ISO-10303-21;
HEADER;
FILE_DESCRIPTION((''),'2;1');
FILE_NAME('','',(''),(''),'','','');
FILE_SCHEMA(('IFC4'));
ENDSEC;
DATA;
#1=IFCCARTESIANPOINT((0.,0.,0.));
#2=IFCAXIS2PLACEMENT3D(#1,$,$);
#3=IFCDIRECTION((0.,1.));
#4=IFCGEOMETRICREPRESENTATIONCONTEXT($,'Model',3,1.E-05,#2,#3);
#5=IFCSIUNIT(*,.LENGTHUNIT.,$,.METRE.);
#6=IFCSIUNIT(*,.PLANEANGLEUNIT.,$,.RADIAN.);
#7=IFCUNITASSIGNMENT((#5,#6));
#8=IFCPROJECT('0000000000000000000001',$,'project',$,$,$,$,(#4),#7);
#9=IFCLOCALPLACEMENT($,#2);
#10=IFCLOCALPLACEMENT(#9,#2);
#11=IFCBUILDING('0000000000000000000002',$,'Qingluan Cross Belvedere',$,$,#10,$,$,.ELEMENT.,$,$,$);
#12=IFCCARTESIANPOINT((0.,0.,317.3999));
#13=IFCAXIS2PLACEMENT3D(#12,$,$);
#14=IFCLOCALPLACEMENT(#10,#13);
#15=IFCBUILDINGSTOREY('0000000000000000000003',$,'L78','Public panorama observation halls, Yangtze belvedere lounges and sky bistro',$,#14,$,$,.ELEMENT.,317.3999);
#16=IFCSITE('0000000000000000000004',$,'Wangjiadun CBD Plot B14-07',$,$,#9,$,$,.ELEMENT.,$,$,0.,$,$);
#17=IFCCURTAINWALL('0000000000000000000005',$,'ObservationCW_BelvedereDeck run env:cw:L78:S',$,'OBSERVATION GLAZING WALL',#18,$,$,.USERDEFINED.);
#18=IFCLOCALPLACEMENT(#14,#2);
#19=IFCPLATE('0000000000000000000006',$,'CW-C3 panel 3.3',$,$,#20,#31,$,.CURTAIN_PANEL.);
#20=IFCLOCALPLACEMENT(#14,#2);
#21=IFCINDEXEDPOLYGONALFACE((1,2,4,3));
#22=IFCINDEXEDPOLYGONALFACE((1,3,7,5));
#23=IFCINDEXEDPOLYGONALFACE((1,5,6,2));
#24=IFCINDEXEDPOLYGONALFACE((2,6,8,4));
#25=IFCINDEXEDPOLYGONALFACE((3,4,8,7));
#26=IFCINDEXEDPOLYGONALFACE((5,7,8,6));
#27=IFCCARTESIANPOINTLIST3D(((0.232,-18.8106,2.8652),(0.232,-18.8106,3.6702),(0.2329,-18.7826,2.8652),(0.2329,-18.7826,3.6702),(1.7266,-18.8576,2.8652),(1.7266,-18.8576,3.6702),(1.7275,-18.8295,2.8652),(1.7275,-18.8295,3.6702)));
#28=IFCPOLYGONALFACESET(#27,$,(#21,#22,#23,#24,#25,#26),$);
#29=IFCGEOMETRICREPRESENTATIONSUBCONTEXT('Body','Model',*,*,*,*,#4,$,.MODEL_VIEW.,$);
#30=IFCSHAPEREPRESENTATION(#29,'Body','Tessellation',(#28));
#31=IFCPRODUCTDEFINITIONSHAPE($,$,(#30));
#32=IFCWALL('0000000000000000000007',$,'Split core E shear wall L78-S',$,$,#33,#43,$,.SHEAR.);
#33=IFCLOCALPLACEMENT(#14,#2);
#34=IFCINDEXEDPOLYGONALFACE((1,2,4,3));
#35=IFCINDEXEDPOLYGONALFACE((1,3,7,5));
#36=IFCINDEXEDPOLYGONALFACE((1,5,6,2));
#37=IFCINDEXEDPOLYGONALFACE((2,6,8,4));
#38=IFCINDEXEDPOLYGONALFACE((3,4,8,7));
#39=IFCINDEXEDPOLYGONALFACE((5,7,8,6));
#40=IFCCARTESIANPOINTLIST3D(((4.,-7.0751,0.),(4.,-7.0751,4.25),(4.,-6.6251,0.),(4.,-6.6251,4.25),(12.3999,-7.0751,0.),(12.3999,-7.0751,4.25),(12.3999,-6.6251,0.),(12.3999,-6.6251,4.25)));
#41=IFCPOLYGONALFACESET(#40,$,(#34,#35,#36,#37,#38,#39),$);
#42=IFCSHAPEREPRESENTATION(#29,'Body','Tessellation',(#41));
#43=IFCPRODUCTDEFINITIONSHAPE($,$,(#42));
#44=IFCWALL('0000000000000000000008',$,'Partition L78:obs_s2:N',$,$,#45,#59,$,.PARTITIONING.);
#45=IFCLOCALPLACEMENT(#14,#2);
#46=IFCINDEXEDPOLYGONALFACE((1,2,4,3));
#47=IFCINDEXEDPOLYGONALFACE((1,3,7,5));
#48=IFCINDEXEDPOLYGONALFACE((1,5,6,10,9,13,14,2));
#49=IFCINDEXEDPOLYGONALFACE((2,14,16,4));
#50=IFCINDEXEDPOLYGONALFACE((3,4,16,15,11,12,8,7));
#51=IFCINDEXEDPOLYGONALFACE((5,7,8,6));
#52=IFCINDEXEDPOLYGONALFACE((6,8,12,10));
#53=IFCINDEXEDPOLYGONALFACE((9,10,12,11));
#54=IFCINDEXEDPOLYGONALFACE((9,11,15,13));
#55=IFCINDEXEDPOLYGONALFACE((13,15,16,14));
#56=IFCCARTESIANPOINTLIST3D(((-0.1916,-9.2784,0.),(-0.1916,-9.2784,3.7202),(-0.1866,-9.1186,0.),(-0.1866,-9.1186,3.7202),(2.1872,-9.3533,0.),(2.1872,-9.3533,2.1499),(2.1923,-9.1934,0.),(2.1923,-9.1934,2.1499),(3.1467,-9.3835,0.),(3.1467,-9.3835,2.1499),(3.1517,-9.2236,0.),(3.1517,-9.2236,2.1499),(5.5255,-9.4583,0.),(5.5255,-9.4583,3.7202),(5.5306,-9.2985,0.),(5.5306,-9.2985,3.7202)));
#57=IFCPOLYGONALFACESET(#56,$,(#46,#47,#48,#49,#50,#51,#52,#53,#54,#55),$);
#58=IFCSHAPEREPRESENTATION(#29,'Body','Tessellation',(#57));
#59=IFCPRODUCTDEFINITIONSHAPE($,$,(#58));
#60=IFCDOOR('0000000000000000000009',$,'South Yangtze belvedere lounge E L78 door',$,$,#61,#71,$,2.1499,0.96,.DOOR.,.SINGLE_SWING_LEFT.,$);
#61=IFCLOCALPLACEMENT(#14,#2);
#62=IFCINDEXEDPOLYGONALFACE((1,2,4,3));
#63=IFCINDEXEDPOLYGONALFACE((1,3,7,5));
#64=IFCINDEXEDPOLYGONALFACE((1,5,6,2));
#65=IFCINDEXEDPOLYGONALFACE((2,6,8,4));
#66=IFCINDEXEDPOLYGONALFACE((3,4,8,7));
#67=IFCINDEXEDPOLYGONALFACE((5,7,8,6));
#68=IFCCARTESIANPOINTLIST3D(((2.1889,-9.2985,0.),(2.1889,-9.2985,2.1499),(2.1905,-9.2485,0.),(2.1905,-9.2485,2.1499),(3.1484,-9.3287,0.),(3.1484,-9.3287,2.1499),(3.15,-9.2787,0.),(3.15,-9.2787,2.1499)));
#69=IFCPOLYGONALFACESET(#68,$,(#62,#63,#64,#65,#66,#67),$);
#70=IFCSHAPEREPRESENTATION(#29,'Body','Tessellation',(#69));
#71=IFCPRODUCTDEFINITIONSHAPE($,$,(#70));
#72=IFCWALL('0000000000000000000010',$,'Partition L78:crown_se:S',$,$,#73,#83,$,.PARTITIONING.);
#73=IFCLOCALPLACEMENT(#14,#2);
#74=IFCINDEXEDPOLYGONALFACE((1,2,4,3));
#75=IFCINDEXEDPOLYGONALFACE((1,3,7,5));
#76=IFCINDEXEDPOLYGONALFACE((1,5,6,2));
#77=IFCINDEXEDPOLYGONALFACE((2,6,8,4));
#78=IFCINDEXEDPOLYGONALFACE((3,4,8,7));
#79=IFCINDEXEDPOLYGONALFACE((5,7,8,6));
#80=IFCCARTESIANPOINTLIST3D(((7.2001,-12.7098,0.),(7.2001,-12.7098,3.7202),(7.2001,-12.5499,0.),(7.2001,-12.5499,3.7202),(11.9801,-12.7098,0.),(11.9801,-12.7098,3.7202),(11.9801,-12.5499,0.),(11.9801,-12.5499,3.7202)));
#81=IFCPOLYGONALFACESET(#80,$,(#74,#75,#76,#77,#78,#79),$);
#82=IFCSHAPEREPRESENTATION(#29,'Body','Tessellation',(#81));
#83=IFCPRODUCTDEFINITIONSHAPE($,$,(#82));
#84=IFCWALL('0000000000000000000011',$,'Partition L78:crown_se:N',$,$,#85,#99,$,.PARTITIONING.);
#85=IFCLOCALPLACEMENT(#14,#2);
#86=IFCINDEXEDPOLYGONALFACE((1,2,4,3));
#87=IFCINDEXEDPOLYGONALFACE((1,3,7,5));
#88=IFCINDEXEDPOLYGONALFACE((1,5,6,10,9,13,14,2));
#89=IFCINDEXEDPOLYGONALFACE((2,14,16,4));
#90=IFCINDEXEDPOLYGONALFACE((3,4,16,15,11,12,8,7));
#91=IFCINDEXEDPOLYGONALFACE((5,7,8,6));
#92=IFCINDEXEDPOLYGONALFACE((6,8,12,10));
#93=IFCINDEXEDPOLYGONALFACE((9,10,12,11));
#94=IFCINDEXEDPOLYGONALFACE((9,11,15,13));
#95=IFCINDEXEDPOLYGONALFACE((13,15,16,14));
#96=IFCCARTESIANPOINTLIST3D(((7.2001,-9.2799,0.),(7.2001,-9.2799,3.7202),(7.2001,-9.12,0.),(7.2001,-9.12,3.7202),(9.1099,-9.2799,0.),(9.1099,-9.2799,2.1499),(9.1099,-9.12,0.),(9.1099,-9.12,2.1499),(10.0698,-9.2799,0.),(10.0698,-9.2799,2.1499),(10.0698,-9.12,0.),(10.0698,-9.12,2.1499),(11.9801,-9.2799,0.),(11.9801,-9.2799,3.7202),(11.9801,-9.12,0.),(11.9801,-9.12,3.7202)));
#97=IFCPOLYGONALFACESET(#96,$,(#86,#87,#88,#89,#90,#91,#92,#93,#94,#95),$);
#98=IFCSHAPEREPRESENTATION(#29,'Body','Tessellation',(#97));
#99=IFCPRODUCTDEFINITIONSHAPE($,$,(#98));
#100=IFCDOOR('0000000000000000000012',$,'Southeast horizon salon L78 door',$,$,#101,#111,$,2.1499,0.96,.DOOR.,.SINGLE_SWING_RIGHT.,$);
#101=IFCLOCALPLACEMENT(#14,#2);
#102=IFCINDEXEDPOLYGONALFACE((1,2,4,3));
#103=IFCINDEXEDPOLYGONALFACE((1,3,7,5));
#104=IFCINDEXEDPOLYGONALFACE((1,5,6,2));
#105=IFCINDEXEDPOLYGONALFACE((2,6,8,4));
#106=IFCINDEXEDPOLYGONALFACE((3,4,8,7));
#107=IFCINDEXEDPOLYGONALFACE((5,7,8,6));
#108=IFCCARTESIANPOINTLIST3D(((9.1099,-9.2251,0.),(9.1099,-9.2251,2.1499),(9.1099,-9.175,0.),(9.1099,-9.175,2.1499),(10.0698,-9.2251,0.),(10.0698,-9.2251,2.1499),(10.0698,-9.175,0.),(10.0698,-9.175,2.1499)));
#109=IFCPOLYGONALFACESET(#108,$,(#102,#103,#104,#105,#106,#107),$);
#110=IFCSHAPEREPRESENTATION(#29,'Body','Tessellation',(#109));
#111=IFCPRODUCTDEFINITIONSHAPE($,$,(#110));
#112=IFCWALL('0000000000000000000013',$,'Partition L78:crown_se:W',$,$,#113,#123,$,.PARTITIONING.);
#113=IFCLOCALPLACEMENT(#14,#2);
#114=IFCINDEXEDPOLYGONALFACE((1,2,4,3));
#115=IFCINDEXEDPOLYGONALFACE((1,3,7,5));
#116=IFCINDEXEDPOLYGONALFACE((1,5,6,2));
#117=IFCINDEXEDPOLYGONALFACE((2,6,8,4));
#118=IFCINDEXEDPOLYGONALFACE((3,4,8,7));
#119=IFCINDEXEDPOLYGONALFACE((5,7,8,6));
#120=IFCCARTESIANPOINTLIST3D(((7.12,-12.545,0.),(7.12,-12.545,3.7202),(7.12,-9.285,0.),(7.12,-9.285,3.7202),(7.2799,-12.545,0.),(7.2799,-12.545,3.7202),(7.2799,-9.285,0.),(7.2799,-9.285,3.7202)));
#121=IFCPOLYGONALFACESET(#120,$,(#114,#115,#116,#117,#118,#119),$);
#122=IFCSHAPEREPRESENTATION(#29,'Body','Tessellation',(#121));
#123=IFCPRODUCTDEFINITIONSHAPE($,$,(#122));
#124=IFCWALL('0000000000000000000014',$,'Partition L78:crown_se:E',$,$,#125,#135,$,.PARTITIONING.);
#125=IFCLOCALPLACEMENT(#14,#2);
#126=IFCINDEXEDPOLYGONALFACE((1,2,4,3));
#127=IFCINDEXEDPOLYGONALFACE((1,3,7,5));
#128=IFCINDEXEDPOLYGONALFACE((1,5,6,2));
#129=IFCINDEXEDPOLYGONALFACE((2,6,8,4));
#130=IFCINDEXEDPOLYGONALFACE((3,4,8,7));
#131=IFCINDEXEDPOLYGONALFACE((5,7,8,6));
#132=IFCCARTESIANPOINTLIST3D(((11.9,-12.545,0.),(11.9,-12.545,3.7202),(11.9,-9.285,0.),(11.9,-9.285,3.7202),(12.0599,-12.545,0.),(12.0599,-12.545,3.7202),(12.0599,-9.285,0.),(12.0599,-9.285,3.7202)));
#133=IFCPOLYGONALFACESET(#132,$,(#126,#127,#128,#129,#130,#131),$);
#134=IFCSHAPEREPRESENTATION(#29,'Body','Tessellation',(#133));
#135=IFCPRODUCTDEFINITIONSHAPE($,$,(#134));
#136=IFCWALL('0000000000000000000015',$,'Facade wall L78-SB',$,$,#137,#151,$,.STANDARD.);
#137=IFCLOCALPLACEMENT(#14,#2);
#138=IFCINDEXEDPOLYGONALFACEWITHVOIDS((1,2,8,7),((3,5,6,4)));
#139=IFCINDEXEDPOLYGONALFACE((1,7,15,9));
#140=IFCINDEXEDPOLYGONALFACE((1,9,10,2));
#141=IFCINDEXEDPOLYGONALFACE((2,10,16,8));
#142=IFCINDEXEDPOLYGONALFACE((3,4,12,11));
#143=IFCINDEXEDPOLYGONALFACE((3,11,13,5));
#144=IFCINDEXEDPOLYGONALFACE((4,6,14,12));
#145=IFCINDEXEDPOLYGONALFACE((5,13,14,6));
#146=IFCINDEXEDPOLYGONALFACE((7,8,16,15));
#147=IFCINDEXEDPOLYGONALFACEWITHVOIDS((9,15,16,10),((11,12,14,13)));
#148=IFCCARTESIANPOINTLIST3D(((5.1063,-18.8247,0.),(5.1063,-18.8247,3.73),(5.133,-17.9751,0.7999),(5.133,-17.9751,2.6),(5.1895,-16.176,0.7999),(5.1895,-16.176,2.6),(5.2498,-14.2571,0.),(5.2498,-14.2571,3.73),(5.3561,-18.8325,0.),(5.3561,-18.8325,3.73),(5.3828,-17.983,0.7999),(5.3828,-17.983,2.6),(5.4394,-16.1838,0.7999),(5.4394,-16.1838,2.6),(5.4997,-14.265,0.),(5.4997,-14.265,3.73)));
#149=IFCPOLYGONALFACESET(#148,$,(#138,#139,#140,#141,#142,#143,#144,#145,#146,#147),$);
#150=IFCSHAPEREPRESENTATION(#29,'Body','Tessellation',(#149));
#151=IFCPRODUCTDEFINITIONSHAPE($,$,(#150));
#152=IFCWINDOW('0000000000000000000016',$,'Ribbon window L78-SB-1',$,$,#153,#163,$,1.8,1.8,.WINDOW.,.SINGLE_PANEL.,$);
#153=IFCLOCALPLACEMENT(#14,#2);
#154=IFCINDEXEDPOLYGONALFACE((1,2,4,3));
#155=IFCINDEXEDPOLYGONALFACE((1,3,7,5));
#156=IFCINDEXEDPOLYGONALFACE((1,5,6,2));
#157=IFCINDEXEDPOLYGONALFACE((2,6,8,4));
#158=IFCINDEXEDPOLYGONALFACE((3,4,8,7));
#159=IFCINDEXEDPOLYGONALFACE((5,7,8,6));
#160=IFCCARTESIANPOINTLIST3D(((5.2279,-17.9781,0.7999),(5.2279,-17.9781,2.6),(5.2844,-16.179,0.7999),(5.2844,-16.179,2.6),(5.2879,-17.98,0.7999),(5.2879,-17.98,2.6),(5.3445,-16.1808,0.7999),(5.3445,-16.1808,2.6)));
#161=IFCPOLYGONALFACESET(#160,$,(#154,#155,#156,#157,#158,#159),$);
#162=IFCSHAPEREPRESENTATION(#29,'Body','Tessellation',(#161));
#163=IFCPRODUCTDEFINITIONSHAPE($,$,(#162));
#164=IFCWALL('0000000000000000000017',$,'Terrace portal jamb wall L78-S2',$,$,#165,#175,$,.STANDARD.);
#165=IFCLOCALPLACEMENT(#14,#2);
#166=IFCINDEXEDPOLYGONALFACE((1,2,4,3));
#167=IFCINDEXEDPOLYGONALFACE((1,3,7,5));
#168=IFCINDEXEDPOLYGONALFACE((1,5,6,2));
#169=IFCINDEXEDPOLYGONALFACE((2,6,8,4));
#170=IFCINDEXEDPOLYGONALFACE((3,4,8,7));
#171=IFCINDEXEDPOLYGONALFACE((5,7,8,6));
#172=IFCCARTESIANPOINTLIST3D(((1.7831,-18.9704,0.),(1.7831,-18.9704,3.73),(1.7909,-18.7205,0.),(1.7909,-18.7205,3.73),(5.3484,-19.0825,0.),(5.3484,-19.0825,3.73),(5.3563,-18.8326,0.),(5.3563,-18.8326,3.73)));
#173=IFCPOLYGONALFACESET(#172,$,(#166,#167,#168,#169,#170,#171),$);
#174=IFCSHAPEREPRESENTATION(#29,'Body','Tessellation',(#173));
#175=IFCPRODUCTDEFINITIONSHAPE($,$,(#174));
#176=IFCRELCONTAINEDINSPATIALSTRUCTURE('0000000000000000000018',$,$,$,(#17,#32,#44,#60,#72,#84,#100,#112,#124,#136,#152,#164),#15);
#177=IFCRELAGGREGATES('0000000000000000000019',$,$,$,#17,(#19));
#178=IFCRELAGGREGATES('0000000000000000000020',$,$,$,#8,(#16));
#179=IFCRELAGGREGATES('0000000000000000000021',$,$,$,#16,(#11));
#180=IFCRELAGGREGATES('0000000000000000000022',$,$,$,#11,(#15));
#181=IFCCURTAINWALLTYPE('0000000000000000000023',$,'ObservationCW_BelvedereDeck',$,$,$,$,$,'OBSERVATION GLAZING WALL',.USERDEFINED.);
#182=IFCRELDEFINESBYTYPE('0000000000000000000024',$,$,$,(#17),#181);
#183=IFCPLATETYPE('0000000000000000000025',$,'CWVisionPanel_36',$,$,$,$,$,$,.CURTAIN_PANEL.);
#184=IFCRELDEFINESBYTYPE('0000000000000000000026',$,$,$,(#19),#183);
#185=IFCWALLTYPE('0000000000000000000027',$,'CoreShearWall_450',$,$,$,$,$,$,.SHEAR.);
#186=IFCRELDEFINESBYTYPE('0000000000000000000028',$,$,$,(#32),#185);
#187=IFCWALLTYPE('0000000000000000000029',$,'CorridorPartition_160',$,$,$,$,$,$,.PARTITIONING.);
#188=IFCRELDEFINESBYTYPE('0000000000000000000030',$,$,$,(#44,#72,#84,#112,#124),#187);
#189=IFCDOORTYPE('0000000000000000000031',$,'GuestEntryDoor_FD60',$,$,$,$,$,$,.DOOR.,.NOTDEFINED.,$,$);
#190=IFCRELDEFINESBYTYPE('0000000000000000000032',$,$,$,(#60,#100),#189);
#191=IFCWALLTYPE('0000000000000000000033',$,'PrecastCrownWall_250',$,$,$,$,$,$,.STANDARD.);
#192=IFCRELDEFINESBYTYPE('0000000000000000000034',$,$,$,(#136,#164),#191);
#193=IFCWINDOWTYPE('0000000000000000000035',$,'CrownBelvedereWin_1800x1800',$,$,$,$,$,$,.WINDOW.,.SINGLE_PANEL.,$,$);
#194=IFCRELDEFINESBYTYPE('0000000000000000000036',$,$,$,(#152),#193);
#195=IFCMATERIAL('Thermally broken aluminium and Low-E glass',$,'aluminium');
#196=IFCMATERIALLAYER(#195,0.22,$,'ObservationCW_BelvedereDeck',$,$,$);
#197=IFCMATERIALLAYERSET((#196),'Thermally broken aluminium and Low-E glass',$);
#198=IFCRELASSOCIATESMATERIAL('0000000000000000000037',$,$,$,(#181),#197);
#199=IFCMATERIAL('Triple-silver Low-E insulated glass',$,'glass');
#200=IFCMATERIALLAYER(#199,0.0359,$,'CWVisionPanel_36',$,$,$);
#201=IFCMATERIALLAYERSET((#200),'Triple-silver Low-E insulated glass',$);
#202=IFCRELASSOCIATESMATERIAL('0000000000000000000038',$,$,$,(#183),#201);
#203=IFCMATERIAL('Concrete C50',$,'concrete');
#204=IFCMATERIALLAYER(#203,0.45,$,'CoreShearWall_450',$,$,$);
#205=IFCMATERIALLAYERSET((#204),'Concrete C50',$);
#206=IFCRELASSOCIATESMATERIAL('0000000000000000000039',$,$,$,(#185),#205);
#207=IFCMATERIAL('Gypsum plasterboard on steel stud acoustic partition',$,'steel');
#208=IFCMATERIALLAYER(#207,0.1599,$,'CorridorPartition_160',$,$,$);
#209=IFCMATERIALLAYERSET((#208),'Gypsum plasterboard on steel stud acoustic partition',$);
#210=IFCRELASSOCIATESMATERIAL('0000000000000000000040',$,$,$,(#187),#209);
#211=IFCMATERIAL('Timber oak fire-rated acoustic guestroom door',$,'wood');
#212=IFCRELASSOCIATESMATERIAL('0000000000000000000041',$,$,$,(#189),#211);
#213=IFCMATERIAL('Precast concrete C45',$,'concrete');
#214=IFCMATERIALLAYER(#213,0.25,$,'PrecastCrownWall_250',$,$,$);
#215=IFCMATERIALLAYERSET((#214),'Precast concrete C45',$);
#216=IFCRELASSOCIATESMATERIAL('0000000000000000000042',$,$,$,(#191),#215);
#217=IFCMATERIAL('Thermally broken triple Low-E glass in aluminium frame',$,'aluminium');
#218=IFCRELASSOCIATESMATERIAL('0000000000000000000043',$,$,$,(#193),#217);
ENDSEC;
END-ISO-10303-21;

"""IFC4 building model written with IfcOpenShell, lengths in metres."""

from ifc_helpers import new_model, si_unit, direction, frame, frame_2d, origin, origin_2d, place, context, subcontext, project, spatial, rectangle, extrude, material, layer, layer_set, type_object, element, fill, aggregate, save


model = new_model("IFC4")

# Units and contexts
model_context = context("Model", 3, precision=1e-05, world=origin(), true_north=direction((0.0, 1.0)))
body_context = subcontext(model_context, "Body", "Model", "MODEL_VIEW")
ifc_project = project(units=[si_unit("LENGTHUNIT", "METRE"), si_unit("PLANEANGLEUNIT", "RADIAN")], contexts=[model_context])

# Site, building, storey
site_placement = place(None, origin())
site = spatial("IfcSite", under=ifc_project, at=site_placement, Name="Wangjiadun CBD Plot B14-07", CompositionType="ELEMENT", RefElevation=0.0)
building_placement = place(site_placement, origin())
building = spatial("IfcBuilding", under=site, at=building_placement, Name="Qingluan Cross Belvedere", CompositionType="ELEMENT")
storey_placement = place(building_placement, frame((0.0, 0.0, 317.3999)))
storey = spatial("IfcBuildingStorey", under=building, at=storey_placement, Name="L78", Description="Public panorama observation halls, Yangtze belvedere lounges and sky bistro", CompositionType="ELEMENT", Elevation=317.3999)

# Curtain wall
ifc_material_1 = material(Name="Thermally broken aluminium and Low-E glass", Category="aluminium")
ifc_layer_1 = layer(ifc_material_1, 0.22, Name="ObservationCW_BelvedereDeck")
ifc_layer_set_1 = layer_set([ifc_layer_1], Name="Thermally broken aluminium and Low-E glass")
curtain_wall_type = type_object("IfcCurtainWallType", Name="ObservationCW_BelvedereDeck", ElementType="OBSERVATION GLAZING WALL", PredefinedType="USERDEFINED", material=ifc_layer_set_1)
curtain_wall_placement = place(storey_placement, origin())
curtain_wall = element("IfcCurtainWall", 1, at=curtain_wall_placement, inside=storey, type_object=curtain_wall_type, Name="ObservationCW_BelvedereDeck run env:cw:L78:S", ObjectType="OBSERVATION GLAZING WALL", PredefinedType="USERDEFINED")

# Plate
ifc_material_2 = material(Name="Triple-silver Low-E insulated glass", Category="glass")
ifc_layer_2 = layer(ifc_material_2, 0.0359, Name="CWVisionPanel_36")
ifc_layer_set_2 = layer_set([ifc_layer_2], Name="Triple-silver Low-E insulated glass")
plate_type = type_object("IfcPlateType", Name="CWVisionPanel_36", PredefinedType="CURTAIN_PANEL", material=ifc_layer_set_2)
plate_1_placement = place(storey_placement, frame((0.9797, -18.8201, 2.8652), z_axis=(0.0, 0.0, 1.0), x_axis=(0.999506, -0.031413, 0.0)))
plate_1 = element("IfcPlate", 2, at=plate_1_placement, type_object=plate_type, Name="CW-C3 panel 3.3", PredefinedType="CURTAIN_PANEL", context=body_context, shape_type="SweptSolid", body=[
    extrude(rectangle(XDim=1.4954, YDim=0.0281, at=origin_2d()), origin(), (0.0, 0.0, 1.0), 0.8049),
])
aggregate(curtain_wall, [plate_1])

# Wall
ifc_material_3 = material(Name="Concrete C50", Category="concrete")
ifc_layer_3 = layer(ifc_material_3, 0.45, Name="CoreShearWall_450")
ifc_layer_set_3 = layer_set([ifc_layer_3], Name="Concrete C50")
wall_type_1 = type_object("IfcWallType", Name="CoreShearWall_450", PredefinedType="SHEAR", material=ifc_layer_set_3)
wall_1_placement = place(storey_placement, frame((4.0, -6.8501, 0.0), z_axis=(0.0, 0.0, 1.0), x_axis=(1.0, 0.0, 0.0)))
element("IfcWall", 3, at=wall_1_placement, inside=storey, type_object=wall_type_1, Name="Split core E shear wall L78-S", PredefinedType="SHEAR", context=body_context, shape_type="SweptSolid", body=[
    extrude(rectangle(XDim=8.3999, YDim=0.45, at=frame_2d((4.2, 0.0))), origin(), (0.0, 0.0, 1.0), 4.25),
])

# Wall, opening, door
ifc_material_4 = material(Name="Gypsum plasterboard on steel stud acoustic partition", Category="steel")
ifc_layer_4 = layer(ifc_material_4, 0.1599, Name="CorridorPartition_160")
ifc_layer_set_4 = layer_set([ifc_layer_4], Name="Gypsum plasterboard on steel stud acoustic partition")
wall_type_2 = type_object("IfcWallType", Name="CorridorPartition_160", PredefinedType="PARTITIONING", material=ifc_layer_set_4)
wall_2_placement = place(storey_placement, frame((-0.189, -9.1985, 0.0), z_axis=(0.0, 0.0, 1.0), x_axis=(0.999505, -0.031457, 0.0)))
wall_2 = element("IfcWall", 4, at=wall_2_placement, inside=storey, type_object=wall_type_2, Name="Partition L78:obs_s2:N", PredefinedType="PARTITIONING", context=body_context, shape_type="SweptSolid", body=[
    extrude(rectangle(XDim=5.72, YDim=0.1599, at=frame_2d((2.8599, 0.0))), origin(), (0.0, 0.0, 1.0), 3.7202),
])
opening_1_placement = place(wall_2_placement, frame((2.3799, 0.0, 0.0)))
opening_1 = element("IfcOpeningElement", 5, at=opening_1_placement, cuts=wall_2, PredefinedType="OPENING", context=body_context, shape_type="SweptSolid", body=[
    extrude(rectangle(XDim=0.96, YDim=2.1499, at=frame_2d((0.48, 1.075))), frame((0.0, 0.0898, 0.0), z_axis=(0.0, -1.0, 0.0), x_axis=(1.0, 0.0, 0.0)), (0.0, 0.0, 1.0), 0.1799),
])
ifc_material_5 = material(Name="Timber oak fire-rated acoustic guestroom door", Category="wood")
door_type = type_object("IfcDoorType", Name="GuestEntryDoor_FD60", OperationType="NOTDEFINED", PredefinedType="DOOR", material=ifc_material_5)
door_1_placement = place(opening_1_placement, origin())
door_1 = element("IfcDoor", 6, at=door_1_placement, inside=storey, type_object=door_type, Name="South Yangtze belvedere lounge E L78 door", OperationType="SINGLE_SWING_LEFT", OverallHeight=2.1499, OverallWidth=0.96, PredefinedType="DOOR", context=body_context, shape_type="SweptSolid", body=[
    extrude(rectangle(XDim=0.96, YDim=2.1499, at=frame_2d((0.48, 1.075))), frame((0.0, 0.0249, 0.0), z_axis=(0.0, -1.0, 0.0), x_axis=(1.0, 0.0, 0.0)), (0.0, 0.0, 1.0), 0.05),
])
fill(opening_1, door_1)

# Wall
wall_3_placement = place(storey_placement, frame((7.2, -12.6299, 0.0), z_axis=(0.0, 0.0, 1.0), x_axis=(1.0, 0.0, 0.0)))
element("IfcWall", 7, at=wall_3_placement, inside=storey, type_object=wall_type_2, Name="Partition L78:crown_se:S", PredefinedType="PARTITIONING", context=body_context, shape_type="SweptSolid", body=[
    extrude(rectangle(XDim=4.78, YDim=0.1599, at=frame_2d((2.3901, 0.0))), origin(), (0.0, 0.0, 1.0), 3.7202),
])

# Wall, opening, door
wall_4_placement = place(storey_placement, frame((7.2, -9.2, 0.0), z_axis=(0.0, 0.0, 1.0), x_axis=(1.0, 0.0, 0.0)))
wall_4 = element("IfcWall", 8, at=wall_4_placement, inside=storey, type_object=wall_type_2, Name="Partition L78:crown_se:N", PredefinedType="PARTITIONING", context=body_context, shape_type="SweptSolid", body=[
    extrude(rectangle(XDim=4.78, YDim=0.1599, at=frame_2d((2.3901, 0.0))), origin(), (0.0, 0.0, 1.0), 3.7202),
])
opening_2_placement = place(wall_4_placement, frame((1.9099, 0.0, 0.0)))
opening_2 = element("IfcOpeningElement", 9, at=opening_2_placement, cuts=wall_4, PredefinedType="OPENING", context=body_context, shape_type="SweptSolid", body=[
    extrude(rectangle(XDim=0.96, YDim=2.1499, at=frame_2d((0.48, 1.075))), frame((0.0, 0.0898, 0.0), z_axis=(0.0, -1.0, 0.0), x_axis=(1.0, 0.0, 0.0)), (0.0, 0.0, 1.0), 0.1799),
])
door_2_placement = place(opening_2_placement, origin())
door_2 = element("IfcDoor", 10, at=door_2_placement, inside=storey, type_object=door_type, Name="Southeast horizon salon L78 door", OperationType="SINGLE_SWING_RIGHT", OverallHeight=2.1499, OverallWidth=0.96, PredefinedType="DOOR", context=body_context, shape_type="SweptSolid", body=[
    extrude(rectangle(XDim=0.96, YDim=2.1499, at=frame_2d((0.48, 1.075))), frame((0.0, 0.0249, 0.0), z_axis=(0.0, -1.0, 0.0), x_axis=(1.0, 0.0, 0.0)), (0.0, 0.0, 1.0), 0.05),
])
fill(opening_2, door_2)

# Walls
for number, where, z_axis, x_axis, name in (
    (11, (7.2, -12.5449, 0.0), (0.0, 0.0, 1.0), (0.0, 1.0, 0.0), "Partition L78:crown_se:W"),
    (12, (11.98, -12.5449, 0.0), (0.0, 0.0, 1.0), (0.0, 1.0, 0.0), "Partition L78:crown_se:E"),
):
    element("IfcWall", number, at=place(storey_placement, frame(where, z_axis=z_axis, x_axis=x_axis)), inside=storey, type_object=wall_type_2, Name=name, PredefinedType="PARTITIONING", context=body_context, shape_type="SweptSolid", body=[
        extrude(rectangle(XDim=3.26, YDim=0.1599, at=frame_2d((1.6299, 0.0))), origin(), (0.0, 0.0, 1.0), 3.7202),
    ])

# Wall, opening, window
ifc_material_6 = material(Name="Precast concrete C45", Category="concrete")
ifc_layer_5 = layer(ifc_material_6, 0.25, Name="PrecastCrownWall_250")
ifc_layer_set_5 = layer_set([ifc_layer_5], Name="Precast concrete C45")
wall_type_3 = type_object("IfcWallType", Name="PrecastCrownWall_250", PredefinedType="STANDARD", material=ifc_layer_set_5)
wall_5_placement = place(storey_placement, frame((5.2312, -18.8286, 0.0), z_axis=(0.0, 0.0, 1.0), x_axis=(0.031413, 0.999506, 0.0)))
wall_5 = element("IfcWall", 13, at=wall_5_placement, inside=storey, type_object=wall_type_3, Name="Facade wall L78-SB", PredefinedType="STANDARD", context=body_context, shape_type="SweptSolid", body=[
    extrude(rectangle(XDim=4.5698, YDim=0.25, at=frame_2d((2.2849, 0.0))), origin(), (0.0, 0.0, 1.0), 3.73),
])
opening_3_placement = place(wall_5_placement, frame((0.8501, 0.0, 0.8)))
opening_3 = element("IfcOpeningElement", 14, at=opening_3_placement, cuts=wall_5, PredefinedType="OPENING", context=body_context, shape_type="SweptSolid", body=[
    extrude(rectangle(XDim=1.8, YDim=1.8, at=frame_2d((0.8999, 0.8999))), frame((0.0, 0.135, 0.0), z_axis=(0.0, -1.0, 0.0), x_axis=(1.0, 0.0, 0.0)), (0.0, 0.0, 1.0), 0.27),
])
ifc_material_7 = material(Name="Thermally broken triple Low-E glass in aluminium frame", Category="aluminium")
window_type = type_object("IfcWindowType", Name="CrownBelvedereWin_1800x1800", PartitioningType="SINGLE_PANEL", PredefinedType="WINDOW", material=ifc_material_7)
window_placement = place(opening_3_placement, origin())
window = element("IfcWindow", 15, at=window_placement, inside=storey, type_object=window_type, Name="Ribbon window L78-SB-1", OverallHeight=1.8, OverallWidth=1.8, PartitioningType="SINGLE_PANEL", PredefinedType="WINDOW", context=body_context, shape_type="SweptSolid", body=[
    extrude(rectangle(XDim=1.8, YDim=1.8, at=frame_2d((0.8999, 0.8999))), frame((0.0, 0.03, 0.0), z_axis=(0.0, -1.0, 0.0), x_axis=(1.0, 0.0, 0.0)), (0.0, 0.0, 1.0), 0.0601),
])
fill(opening_3, window)

# Wall
wall_6_placement = place(storey_placement, frame((1.7869, -18.8455, 0.0), z_axis=(0.0, 0.0, 1.0), x_axis=(0.999506, -0.031414, 0.0)))
element("IfcWall", 16, at=wall_6_placement, inside=storey, type_object=wall_type_3, Name="Terrace portal jamb wall L78-S2", PredefinedType="STANDARD", context=body_context, shape_type="SweptSolid", body=[
    extrude(rectangle(XDim=3.5671, YDim=0.25, at=frame_2d((1.7837, 0.0))), origin(), (0.0, 0.0, 1.0), 3.73),
])

save(model, "model.ifc")
